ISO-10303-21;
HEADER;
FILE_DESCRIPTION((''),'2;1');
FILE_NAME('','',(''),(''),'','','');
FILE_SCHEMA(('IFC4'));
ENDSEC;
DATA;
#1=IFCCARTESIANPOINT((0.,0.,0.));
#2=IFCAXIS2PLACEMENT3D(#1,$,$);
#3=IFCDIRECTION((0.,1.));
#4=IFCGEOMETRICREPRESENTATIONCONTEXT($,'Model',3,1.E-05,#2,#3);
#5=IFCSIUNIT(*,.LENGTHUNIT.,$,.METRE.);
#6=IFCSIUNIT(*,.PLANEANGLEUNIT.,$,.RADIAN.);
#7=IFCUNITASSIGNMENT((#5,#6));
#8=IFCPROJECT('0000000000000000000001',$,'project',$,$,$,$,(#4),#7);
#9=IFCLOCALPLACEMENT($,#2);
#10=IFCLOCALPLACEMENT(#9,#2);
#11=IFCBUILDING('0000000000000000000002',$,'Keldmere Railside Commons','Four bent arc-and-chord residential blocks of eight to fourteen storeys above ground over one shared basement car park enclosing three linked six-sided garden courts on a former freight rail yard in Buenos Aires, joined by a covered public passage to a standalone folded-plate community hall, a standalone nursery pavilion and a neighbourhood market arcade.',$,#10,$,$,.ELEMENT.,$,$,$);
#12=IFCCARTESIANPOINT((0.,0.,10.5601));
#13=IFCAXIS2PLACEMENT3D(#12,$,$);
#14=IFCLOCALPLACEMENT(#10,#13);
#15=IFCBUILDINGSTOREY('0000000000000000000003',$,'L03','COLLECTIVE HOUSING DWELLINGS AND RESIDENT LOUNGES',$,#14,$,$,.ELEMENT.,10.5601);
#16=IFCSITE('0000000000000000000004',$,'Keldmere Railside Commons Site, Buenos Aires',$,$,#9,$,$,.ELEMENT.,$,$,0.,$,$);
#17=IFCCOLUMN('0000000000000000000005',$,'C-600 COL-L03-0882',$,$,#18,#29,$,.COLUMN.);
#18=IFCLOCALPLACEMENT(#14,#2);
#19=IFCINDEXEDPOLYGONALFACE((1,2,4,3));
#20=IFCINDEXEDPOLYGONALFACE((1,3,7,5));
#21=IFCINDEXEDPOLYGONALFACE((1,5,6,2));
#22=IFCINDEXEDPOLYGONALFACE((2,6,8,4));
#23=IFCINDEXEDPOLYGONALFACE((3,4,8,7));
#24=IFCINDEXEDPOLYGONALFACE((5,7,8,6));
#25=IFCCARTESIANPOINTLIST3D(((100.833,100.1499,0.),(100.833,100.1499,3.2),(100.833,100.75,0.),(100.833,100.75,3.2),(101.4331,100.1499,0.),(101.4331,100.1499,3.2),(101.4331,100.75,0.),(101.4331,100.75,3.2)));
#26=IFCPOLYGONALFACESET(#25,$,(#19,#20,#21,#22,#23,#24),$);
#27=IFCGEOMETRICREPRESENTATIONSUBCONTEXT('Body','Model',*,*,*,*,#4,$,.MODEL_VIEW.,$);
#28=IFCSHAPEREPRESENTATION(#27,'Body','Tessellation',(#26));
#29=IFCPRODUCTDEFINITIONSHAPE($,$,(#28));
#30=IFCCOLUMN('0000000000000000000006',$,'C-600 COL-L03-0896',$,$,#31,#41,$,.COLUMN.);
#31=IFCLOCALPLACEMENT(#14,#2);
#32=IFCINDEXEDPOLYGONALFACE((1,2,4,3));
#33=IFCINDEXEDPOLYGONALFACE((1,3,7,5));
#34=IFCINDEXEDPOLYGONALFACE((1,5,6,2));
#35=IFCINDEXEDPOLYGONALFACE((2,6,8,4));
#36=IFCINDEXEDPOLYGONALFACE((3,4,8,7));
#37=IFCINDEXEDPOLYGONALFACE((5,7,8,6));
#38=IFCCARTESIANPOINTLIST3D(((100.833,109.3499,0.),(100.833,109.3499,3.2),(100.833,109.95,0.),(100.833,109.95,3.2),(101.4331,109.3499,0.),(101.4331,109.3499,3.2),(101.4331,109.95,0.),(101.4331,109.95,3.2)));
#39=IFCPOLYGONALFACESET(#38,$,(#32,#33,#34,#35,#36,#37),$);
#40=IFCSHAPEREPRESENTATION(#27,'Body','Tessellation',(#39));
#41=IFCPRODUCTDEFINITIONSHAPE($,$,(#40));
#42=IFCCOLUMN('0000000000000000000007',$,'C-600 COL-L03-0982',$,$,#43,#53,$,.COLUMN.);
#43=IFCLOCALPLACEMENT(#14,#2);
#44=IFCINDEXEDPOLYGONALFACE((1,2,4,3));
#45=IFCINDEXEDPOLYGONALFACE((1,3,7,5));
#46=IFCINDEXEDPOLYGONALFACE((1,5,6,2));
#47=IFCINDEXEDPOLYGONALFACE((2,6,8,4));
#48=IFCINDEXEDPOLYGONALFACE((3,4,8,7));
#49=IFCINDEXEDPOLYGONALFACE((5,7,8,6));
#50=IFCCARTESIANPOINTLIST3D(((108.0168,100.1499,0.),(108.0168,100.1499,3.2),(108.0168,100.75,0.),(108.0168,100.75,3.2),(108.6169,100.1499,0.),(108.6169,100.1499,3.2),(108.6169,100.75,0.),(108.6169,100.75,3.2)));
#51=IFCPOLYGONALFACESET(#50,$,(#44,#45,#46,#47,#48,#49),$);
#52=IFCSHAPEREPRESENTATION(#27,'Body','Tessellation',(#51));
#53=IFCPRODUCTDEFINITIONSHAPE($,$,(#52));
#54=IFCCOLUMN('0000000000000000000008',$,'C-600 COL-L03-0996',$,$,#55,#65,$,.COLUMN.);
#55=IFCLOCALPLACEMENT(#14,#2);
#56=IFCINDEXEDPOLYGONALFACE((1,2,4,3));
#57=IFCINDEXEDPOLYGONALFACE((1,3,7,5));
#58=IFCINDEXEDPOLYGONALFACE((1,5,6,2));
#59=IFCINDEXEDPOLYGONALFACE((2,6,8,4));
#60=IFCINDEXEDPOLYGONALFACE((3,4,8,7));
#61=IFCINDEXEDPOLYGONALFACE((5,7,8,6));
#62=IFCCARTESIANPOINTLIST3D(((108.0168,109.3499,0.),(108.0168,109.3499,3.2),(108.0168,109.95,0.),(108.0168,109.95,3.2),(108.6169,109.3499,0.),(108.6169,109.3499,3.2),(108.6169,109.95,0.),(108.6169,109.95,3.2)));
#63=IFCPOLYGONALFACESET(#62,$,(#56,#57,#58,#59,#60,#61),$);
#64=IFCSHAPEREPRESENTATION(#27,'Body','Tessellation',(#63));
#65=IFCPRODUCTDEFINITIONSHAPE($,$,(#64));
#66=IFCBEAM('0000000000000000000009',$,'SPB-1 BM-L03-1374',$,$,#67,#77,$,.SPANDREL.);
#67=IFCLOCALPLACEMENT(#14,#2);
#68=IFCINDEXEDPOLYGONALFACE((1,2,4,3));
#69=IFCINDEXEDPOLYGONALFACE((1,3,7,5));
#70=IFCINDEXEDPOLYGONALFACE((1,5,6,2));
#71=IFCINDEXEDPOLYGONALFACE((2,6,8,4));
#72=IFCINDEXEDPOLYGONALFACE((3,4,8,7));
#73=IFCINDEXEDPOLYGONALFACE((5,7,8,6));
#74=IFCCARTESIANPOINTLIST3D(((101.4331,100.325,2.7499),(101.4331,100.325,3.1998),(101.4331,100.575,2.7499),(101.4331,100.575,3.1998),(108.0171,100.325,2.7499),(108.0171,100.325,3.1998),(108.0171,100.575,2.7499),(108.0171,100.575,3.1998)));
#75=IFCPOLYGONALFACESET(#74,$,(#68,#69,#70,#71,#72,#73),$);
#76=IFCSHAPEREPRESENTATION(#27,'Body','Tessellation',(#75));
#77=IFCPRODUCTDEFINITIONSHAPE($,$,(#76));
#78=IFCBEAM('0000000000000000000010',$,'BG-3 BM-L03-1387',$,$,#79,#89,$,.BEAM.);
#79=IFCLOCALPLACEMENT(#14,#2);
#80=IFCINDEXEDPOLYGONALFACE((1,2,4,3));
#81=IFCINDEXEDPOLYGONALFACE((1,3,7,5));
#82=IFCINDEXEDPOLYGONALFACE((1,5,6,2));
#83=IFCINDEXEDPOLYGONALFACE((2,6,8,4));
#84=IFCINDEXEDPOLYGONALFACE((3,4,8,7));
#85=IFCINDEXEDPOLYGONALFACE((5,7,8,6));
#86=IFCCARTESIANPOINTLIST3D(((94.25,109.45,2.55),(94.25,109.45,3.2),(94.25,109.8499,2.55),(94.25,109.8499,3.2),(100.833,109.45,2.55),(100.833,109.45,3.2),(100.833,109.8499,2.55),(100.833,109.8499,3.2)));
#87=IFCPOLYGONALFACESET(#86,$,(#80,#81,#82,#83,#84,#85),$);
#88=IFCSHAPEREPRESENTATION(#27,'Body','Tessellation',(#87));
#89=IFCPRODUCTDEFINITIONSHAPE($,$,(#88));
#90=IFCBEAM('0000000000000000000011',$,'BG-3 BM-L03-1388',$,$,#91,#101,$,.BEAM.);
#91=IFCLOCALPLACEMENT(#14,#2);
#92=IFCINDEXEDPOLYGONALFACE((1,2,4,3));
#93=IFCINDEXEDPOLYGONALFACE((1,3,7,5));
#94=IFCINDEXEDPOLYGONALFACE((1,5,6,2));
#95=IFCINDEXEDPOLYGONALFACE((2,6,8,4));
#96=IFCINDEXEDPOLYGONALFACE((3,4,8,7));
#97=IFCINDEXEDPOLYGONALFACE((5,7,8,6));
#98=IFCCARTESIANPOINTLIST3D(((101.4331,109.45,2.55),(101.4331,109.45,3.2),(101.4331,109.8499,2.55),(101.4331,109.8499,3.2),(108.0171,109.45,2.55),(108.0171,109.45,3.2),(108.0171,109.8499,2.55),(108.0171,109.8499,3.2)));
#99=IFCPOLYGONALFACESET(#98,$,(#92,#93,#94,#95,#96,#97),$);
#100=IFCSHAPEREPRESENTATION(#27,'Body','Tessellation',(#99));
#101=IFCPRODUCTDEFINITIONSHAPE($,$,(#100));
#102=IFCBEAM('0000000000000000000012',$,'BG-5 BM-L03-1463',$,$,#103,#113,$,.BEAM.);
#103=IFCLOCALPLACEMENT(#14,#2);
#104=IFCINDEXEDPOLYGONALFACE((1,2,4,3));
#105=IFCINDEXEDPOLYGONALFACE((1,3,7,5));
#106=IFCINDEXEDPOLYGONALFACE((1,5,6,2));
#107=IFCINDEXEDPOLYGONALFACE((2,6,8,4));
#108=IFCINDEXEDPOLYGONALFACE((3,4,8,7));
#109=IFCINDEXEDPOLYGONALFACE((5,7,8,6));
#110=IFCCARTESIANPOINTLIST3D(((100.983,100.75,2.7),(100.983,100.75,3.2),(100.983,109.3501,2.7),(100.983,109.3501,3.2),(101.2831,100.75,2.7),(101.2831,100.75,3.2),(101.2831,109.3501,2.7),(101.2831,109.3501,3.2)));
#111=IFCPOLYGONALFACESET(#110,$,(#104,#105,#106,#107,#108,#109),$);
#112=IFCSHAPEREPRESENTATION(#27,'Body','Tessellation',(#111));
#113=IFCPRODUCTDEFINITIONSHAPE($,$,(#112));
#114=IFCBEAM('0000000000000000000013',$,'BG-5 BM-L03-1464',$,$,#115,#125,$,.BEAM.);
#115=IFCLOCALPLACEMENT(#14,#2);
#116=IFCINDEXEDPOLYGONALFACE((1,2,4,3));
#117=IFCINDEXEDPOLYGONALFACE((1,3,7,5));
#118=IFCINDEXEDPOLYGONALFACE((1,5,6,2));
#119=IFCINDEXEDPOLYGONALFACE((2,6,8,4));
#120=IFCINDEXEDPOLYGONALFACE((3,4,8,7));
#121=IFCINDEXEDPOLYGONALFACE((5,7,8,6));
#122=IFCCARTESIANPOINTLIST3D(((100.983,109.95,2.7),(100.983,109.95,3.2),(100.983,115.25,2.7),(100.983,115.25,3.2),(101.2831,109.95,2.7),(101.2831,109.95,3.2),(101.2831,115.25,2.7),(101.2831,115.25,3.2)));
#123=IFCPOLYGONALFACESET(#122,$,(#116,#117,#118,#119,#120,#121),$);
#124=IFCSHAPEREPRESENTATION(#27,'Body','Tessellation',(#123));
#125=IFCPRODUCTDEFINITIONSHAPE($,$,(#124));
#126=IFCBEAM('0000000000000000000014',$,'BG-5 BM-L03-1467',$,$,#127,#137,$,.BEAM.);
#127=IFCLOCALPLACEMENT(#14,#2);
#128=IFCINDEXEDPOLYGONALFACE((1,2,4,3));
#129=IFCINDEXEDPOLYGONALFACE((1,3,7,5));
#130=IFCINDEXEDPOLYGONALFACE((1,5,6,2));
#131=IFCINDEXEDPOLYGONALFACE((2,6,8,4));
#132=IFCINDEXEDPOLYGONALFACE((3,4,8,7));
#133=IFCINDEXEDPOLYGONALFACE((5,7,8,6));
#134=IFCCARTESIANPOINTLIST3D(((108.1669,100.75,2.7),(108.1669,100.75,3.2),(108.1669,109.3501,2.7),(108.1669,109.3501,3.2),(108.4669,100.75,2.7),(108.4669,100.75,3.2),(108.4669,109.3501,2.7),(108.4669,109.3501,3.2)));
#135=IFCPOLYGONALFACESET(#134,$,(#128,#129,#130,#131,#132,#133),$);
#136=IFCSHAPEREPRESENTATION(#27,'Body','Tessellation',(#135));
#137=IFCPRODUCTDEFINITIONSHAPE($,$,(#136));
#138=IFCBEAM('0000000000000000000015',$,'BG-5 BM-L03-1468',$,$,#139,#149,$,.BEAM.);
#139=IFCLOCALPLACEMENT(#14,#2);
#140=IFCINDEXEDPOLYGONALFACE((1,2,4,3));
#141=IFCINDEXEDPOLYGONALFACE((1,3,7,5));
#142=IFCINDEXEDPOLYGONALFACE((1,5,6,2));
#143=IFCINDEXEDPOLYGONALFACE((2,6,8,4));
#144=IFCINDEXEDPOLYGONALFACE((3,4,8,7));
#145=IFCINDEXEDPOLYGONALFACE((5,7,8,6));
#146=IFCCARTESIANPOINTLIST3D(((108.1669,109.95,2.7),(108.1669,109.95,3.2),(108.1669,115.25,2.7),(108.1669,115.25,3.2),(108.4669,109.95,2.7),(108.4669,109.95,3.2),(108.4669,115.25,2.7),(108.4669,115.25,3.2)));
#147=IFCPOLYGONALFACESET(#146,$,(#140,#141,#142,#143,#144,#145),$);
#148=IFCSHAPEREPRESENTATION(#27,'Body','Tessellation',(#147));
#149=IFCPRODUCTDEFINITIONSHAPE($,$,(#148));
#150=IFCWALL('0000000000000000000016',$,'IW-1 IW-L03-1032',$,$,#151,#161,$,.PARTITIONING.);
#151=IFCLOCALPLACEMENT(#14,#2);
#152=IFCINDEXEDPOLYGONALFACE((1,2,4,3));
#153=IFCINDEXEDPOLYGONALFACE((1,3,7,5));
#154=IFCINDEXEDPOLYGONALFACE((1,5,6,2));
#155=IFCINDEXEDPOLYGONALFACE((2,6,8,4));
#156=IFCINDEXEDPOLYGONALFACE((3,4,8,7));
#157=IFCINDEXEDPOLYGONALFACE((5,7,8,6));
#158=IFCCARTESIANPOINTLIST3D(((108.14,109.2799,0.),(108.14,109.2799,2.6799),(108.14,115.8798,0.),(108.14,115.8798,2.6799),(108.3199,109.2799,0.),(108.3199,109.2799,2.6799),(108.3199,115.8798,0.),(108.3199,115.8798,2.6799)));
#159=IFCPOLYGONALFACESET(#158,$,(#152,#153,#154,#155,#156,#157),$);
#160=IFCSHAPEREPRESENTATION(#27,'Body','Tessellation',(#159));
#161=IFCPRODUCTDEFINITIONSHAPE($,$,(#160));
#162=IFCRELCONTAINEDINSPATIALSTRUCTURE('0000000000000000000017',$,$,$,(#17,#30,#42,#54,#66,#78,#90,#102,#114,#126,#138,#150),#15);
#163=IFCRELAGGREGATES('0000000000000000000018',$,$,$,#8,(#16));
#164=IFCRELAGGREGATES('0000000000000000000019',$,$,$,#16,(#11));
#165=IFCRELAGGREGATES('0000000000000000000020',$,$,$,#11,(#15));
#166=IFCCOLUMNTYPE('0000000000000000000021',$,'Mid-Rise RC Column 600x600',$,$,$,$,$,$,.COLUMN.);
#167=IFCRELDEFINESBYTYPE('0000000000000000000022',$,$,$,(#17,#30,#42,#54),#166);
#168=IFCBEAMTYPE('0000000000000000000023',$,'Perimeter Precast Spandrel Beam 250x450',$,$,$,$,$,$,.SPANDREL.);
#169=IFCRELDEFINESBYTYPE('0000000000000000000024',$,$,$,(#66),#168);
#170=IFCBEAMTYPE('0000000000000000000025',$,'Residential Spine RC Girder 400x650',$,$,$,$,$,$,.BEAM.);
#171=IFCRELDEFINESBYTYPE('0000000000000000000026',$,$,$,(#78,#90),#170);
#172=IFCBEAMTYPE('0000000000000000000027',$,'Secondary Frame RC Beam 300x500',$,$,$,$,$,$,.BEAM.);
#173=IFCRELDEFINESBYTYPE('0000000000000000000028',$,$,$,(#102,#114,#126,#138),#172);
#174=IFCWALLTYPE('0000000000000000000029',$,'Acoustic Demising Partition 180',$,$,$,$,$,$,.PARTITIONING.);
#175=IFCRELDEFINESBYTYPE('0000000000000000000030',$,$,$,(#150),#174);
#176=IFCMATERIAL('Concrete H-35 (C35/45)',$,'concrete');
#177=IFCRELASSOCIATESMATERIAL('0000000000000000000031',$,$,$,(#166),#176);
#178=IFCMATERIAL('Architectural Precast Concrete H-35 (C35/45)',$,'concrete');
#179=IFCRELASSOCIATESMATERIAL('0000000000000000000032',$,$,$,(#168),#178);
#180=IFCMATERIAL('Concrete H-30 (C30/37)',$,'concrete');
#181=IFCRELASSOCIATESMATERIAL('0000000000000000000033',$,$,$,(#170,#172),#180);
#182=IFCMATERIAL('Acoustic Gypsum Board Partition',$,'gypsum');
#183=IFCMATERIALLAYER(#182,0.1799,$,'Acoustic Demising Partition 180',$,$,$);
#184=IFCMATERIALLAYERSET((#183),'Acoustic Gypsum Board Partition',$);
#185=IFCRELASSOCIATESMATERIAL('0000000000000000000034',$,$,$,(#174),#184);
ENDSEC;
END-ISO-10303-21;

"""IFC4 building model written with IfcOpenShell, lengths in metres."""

from ifc_helpers import new_model, si_unit, direction, frame, frame_2d, origin, origin_2d, place, context, subcontext, project, spatial, rectangle, extrude, material, layer, layer_set, material_profile, profile_set, type_object, element, save


model = new_model("IFC4")

# Units and contexts
model_context = context("Model", 3, precision=1e-05, world=origin(), true_north=direction((0.0, 1.0)))
body_context = subcontext(model_context, "Body", "Model", "MODEL_VIEW")
ifc_project = project(units=[si_unit("LENGTHUNIT", "METRE"), si_unit("PLANEANGLEUNIT", "RADIAN")], contexts=[model_context])

# Site, building, storey
site_placement = place(None, origin())
site = spatial("IfcSite", under=ifc_project, at=site_placement, Name="Keldmere Railside Commons Site, Buenos Aires", CompositionType="ELEMENT", RefElevation=0.0)
building_placement = place(site_placement, origin())
building = spatial("IfcBuilding", under=site, at=building_placement, Name="Keldmere Railside Commons", Description="Four bent arc-and-chord residential blocks of eight to fourteen storeys above ground over one shared basement car park enclosing three linked six-sided garden courts on a former freight rail yard in Buenos Aires, joined by a covered public passage to a standalone folded-plate community hall, a standalone nursery pavilion and a neighbourhood market arcade.", CompositionType="ELEMENT")
storey_placement = place(building_placement, frame((0.0, 0.0, 10.5601)))
storey = spatial("IfcBuildingStorey", under=building, at=storey_placement, Name="L03", Description="COLLECTIVE HOUSING DWELLINGS AND RESIDENT LOUNGES", CompositionType="ELEMENT", Elevation=10.5601)

# Columns
ifc_material_1 = material(Name="Concrete H-35 (C35/45)", Category="concrete")
ifc_material_profile_1 = material_profile(ifc_material_1, rectangle(XDim=0.6001, YDim=0.6001, at=origin_2d()), Name="RC-600x600")
ifc_profile_set_1 = profile_set([ifc_material_profile_1], Name="Concrete H-35 (C35/45)")
column_type = type_object("IfcColumnType", Name="Mid-Rise RC Column 600x600", PredefinedType="COLUMN", material=ifc_profile_set_1)
for number, where, z_axis, x_axis, name in (
    (1, (101.1331, 100.45, 0.0), (0.0, 0.0, 1.0), (1.0, 0.0, 0.0), "C-600 COL-L03-0882"),
    (2, (101.1331, 109.6499, 0.0), (0.0, 0.0, 1.0), (1.0, 0.0, 0.0), "C-600 COL-L03-0896"),
    (3, (108.3169, 100.45, 0.0), (0.0, 0.0, 1.0), (1.0, 0.0, 0.0), "C-600 COL-L03-0982"),
    (4, (108.3169, 109.6499, 0.0), (0.0, 0.0, 1.0), (1.0, 0.0, 0.0), "C-600 COL-L03-0996"),
):
    element("IfcColumn", number, at=place(storey_placement, frame(where, z_axis=z_axis, x_axis=x_axis)), inside=storey, type_object=column_type, Name=name, PredefinedType="COLUMN", context=body_context, shape_type="SweptSolid", body=[
        extrude(rectangle(XDim=0.6001, YDim=0.6001, at=origin_2d()), origin(), (0.0, 0.0, 1.0), 3.2),
    ])

# Beams
ifc_material_2 = material(Name="Architectural Precast Concrete H-35 (C35/45)", Category="concrete")
ifc_material_profile_2 = material_profile(ifc_material_2, rectangle(XDim=0.25, YDim=0.45, at=origin_2d()), Name="RC-250x450")
ifc_profile_set_2 = profile_set([ifc_material_profile_2], Name="Architectural Precast Concrete H-35 (C35/45)")
beam_type_1 = type_object("IfcBeamType", Name="Perimeter Precast Spandrel Beam 250x450", PredefinedType="SPANDREL", material=ifc_profile_set_2)
beam_1_placement = place(storey_placement, frame((101.4331, 100.45, 2.9749), z_axis=(1.0, 0.0, 0.0), x_axis=(0.0, 1.0, 0.0)))
element("IfcBeam", 5, at=beam_1_placement, inside=storey, type_object=beam_type_1, Name="SPB-1 BM-L03-1374", PredefinedType="SPANDREL", context=body_context, shape_type="SweptSolid", body=[
    extrude(rectangle(XDim=0.25, YDim=0.45, at=origin_2d()), origin(), (0.0, 0.0, 1.0), 6.584),
])
ifc_material_3 = material(Name="Concrete H-30 (C30/37)", Category="concrete")
ifc_material_profile_3 = material_profile(ifc_material_3, rectangle(XDim=0.3999, YDim=0.6499, at=origin_2d()), Name="RC-400x650")
ifc_profile_set_3 = profile_set([ifc_material_profile_3], Name="Concrete H-30 (C30/37)")
beam_type_2 = type_object("IfcBeamType", Name="Residential Spine RC Girder 400x650", PredefinedType="BEAM", material=ifc_profile_set_3)
beam_2_placement = place(storey_placement, frame((94.25, 109.6499, 2.875), z_axis=(1.0, 0.0, 0.0), x_axis=(0.0, 1.0, 0.0)))
element("IfcBeam", 6, at=beam_2_placement, inside=storey, type_object=beam_type_2, Name="BG-3 BM-L03-1387", PredefinedType="BEAM", context=body_context, shape_type="SweptSolid", body=[
    extrude(rectangle(XDim=0.3999, YDim=0.6499, at=origin_2d()), origin(), (0.0, 0.0, 1.0), 6.583),
])
beam_3_placement = place(storey_placement, frame((101.4331, 109.6499, 2.875), z_axis=(1.0, 0.0, 0.0), x_axis=(0.0, 1.0, 0.0)))
element("IfcBeam", 7, at=beam_3_placement, inside=storey, type_object=beam_type_2, Name="BG-3 BM-L03-1388", PredefinedType="BEAM", context=body_context, shape_type="SweptSolid", body=[
    extrude(rectangle(XDim=0.3999, YDim=0.6499, at=origin_2d()), origin(), (0.0, 0.0, 1.0), 6.584),
])
ifc_material_profile_4 = material_profile(ifc_material_3, rectangle(XDim=0.3, YDim=0.5, at=origin_2d()), Name="RC-300x500")
ifc_profile_set_4 = profile_set([ifc_material_profile_4], Name="Concrete H-30 (C30/37)")
beam_type_3 = type_object("IfcBeamType", Name="Secondary Frame RC Beam 300x500", PredefinedType="BEAM", material=ifc_profile_set_4)
beam_4_placement = place(storey_placement, frame((101.1331, 100.75, 2.95), z_axis=(0.0, 1.0, 0.0), x_axis=(-1.0, 0.0, 0.0)))
element("IfcBeam", 8, at=beam_4_placement, inside=storey, type_object=beam_type_3, Name="BG-5 BM-L03-1463", PredefinedType="BEAM", context=body_context, shape_type="SweptSolid", body=[
    extrude(rectangle(XDim=0.3, YDim=0.5, at=origin_2d()), origin(), (0.0, 0.0, 1.0), 8.6001),
])
beam_5_placement = place(storey_placement, frame((101.1331, 109.95, 2.95), z_axis=(0.0, 1.0, 0.0), x_axis=(-1.0, 0.0, 0.0)))
element("IfcBeam", 9, at=beam_5_placement, inside=storey, type_object=beam_type_3, Name="BG-5 BM-L03-1464", PredefinedType="BEAM", context=body_context, shape_type="SweptSolid", body=[
    extrude(rectangle(XDim=0.3, YDim=0.5, at=origin_2d()), origin(), (0.0, 0.0, 1.0), 5.3),
])
beam_6_placement = place(storey_placement, frame((108.3169, 100.75, 2.95), z_axis=(0.0, 1.0, 0.0), x_axis=(-1.0, 0.0, 0.0)))
element("IfcBeam", 10, at=beam_6_placement, inside=storey, type_object=beam_type_3, Name="BG-5 BM-L03-1467", PredefinedType="BEAM", context=body_context, shape_type="SweptSolid", body=[
    extrude(rectangle(XDim=0.3, YDim=0.5, at=origin_2d()), origin(), (0.0, 0.0, 1.0), 8.6001),
])
beam_7_placement = place(storey_placement, frame((108.3169, 109.95, 2.95), z_axis=(0.0, 1.0, 0.0), x_axis=(-1.0, 0.0, 0.0)))
element("IfcBeam", 11, at=beam_7_placement, inside=storey, type_object=beam_type_3, Name="BG-5 BM-L03-1468", PredefinedType="BEAM", context=body_context, shape_type="SweptSolid", body=[
    extrude(rectangle(XDim=0.3, YDim=0.5, at=origin_2d()), origin(), (0.0, 0.0, 1.0), 5.3),
])

# Wall
ifc_material_4 = material(Name="Acoustic Gypsum Board Partition", Category="gypsum")
ifc_layer_1 = layer(ifc_material_4, 0.1799, Name="Acoustic Demising Partition 180")
ifc_layer_set_1 = layer_set([ifc_layer_1], Name="Acoustic Gypsum Board Partition")
wall_type_1 = type_object("IfcWallType", Name="Acoustic Demising Partition 180", PredefinedType="PARTITIONING", material=ifc_layer_set_1)
wall_1_placement = place(storey_placement, frame((108.23, 109.28, 0.0), z_axis=(0.0, 0.0, 1.0), x_axis=(0.0, 1.0, 0.0)))
element("IfcWall", 12, at=wall_1_placement, inside=storey, type_object=wall_type_1, Name="IW-1 IW-L03-1032", PredefinedType="PARTITIONING", context=body_context, shape_type="SweptSolid", body=[
    extrude(rectangle(XDim=6.5999, YDim=0.1799, at=frame_2d((3.2998, 0.0))), origin(), (0.0, 0.0, 1.0), 2.6799),
])

save(model, "model.ifc")
